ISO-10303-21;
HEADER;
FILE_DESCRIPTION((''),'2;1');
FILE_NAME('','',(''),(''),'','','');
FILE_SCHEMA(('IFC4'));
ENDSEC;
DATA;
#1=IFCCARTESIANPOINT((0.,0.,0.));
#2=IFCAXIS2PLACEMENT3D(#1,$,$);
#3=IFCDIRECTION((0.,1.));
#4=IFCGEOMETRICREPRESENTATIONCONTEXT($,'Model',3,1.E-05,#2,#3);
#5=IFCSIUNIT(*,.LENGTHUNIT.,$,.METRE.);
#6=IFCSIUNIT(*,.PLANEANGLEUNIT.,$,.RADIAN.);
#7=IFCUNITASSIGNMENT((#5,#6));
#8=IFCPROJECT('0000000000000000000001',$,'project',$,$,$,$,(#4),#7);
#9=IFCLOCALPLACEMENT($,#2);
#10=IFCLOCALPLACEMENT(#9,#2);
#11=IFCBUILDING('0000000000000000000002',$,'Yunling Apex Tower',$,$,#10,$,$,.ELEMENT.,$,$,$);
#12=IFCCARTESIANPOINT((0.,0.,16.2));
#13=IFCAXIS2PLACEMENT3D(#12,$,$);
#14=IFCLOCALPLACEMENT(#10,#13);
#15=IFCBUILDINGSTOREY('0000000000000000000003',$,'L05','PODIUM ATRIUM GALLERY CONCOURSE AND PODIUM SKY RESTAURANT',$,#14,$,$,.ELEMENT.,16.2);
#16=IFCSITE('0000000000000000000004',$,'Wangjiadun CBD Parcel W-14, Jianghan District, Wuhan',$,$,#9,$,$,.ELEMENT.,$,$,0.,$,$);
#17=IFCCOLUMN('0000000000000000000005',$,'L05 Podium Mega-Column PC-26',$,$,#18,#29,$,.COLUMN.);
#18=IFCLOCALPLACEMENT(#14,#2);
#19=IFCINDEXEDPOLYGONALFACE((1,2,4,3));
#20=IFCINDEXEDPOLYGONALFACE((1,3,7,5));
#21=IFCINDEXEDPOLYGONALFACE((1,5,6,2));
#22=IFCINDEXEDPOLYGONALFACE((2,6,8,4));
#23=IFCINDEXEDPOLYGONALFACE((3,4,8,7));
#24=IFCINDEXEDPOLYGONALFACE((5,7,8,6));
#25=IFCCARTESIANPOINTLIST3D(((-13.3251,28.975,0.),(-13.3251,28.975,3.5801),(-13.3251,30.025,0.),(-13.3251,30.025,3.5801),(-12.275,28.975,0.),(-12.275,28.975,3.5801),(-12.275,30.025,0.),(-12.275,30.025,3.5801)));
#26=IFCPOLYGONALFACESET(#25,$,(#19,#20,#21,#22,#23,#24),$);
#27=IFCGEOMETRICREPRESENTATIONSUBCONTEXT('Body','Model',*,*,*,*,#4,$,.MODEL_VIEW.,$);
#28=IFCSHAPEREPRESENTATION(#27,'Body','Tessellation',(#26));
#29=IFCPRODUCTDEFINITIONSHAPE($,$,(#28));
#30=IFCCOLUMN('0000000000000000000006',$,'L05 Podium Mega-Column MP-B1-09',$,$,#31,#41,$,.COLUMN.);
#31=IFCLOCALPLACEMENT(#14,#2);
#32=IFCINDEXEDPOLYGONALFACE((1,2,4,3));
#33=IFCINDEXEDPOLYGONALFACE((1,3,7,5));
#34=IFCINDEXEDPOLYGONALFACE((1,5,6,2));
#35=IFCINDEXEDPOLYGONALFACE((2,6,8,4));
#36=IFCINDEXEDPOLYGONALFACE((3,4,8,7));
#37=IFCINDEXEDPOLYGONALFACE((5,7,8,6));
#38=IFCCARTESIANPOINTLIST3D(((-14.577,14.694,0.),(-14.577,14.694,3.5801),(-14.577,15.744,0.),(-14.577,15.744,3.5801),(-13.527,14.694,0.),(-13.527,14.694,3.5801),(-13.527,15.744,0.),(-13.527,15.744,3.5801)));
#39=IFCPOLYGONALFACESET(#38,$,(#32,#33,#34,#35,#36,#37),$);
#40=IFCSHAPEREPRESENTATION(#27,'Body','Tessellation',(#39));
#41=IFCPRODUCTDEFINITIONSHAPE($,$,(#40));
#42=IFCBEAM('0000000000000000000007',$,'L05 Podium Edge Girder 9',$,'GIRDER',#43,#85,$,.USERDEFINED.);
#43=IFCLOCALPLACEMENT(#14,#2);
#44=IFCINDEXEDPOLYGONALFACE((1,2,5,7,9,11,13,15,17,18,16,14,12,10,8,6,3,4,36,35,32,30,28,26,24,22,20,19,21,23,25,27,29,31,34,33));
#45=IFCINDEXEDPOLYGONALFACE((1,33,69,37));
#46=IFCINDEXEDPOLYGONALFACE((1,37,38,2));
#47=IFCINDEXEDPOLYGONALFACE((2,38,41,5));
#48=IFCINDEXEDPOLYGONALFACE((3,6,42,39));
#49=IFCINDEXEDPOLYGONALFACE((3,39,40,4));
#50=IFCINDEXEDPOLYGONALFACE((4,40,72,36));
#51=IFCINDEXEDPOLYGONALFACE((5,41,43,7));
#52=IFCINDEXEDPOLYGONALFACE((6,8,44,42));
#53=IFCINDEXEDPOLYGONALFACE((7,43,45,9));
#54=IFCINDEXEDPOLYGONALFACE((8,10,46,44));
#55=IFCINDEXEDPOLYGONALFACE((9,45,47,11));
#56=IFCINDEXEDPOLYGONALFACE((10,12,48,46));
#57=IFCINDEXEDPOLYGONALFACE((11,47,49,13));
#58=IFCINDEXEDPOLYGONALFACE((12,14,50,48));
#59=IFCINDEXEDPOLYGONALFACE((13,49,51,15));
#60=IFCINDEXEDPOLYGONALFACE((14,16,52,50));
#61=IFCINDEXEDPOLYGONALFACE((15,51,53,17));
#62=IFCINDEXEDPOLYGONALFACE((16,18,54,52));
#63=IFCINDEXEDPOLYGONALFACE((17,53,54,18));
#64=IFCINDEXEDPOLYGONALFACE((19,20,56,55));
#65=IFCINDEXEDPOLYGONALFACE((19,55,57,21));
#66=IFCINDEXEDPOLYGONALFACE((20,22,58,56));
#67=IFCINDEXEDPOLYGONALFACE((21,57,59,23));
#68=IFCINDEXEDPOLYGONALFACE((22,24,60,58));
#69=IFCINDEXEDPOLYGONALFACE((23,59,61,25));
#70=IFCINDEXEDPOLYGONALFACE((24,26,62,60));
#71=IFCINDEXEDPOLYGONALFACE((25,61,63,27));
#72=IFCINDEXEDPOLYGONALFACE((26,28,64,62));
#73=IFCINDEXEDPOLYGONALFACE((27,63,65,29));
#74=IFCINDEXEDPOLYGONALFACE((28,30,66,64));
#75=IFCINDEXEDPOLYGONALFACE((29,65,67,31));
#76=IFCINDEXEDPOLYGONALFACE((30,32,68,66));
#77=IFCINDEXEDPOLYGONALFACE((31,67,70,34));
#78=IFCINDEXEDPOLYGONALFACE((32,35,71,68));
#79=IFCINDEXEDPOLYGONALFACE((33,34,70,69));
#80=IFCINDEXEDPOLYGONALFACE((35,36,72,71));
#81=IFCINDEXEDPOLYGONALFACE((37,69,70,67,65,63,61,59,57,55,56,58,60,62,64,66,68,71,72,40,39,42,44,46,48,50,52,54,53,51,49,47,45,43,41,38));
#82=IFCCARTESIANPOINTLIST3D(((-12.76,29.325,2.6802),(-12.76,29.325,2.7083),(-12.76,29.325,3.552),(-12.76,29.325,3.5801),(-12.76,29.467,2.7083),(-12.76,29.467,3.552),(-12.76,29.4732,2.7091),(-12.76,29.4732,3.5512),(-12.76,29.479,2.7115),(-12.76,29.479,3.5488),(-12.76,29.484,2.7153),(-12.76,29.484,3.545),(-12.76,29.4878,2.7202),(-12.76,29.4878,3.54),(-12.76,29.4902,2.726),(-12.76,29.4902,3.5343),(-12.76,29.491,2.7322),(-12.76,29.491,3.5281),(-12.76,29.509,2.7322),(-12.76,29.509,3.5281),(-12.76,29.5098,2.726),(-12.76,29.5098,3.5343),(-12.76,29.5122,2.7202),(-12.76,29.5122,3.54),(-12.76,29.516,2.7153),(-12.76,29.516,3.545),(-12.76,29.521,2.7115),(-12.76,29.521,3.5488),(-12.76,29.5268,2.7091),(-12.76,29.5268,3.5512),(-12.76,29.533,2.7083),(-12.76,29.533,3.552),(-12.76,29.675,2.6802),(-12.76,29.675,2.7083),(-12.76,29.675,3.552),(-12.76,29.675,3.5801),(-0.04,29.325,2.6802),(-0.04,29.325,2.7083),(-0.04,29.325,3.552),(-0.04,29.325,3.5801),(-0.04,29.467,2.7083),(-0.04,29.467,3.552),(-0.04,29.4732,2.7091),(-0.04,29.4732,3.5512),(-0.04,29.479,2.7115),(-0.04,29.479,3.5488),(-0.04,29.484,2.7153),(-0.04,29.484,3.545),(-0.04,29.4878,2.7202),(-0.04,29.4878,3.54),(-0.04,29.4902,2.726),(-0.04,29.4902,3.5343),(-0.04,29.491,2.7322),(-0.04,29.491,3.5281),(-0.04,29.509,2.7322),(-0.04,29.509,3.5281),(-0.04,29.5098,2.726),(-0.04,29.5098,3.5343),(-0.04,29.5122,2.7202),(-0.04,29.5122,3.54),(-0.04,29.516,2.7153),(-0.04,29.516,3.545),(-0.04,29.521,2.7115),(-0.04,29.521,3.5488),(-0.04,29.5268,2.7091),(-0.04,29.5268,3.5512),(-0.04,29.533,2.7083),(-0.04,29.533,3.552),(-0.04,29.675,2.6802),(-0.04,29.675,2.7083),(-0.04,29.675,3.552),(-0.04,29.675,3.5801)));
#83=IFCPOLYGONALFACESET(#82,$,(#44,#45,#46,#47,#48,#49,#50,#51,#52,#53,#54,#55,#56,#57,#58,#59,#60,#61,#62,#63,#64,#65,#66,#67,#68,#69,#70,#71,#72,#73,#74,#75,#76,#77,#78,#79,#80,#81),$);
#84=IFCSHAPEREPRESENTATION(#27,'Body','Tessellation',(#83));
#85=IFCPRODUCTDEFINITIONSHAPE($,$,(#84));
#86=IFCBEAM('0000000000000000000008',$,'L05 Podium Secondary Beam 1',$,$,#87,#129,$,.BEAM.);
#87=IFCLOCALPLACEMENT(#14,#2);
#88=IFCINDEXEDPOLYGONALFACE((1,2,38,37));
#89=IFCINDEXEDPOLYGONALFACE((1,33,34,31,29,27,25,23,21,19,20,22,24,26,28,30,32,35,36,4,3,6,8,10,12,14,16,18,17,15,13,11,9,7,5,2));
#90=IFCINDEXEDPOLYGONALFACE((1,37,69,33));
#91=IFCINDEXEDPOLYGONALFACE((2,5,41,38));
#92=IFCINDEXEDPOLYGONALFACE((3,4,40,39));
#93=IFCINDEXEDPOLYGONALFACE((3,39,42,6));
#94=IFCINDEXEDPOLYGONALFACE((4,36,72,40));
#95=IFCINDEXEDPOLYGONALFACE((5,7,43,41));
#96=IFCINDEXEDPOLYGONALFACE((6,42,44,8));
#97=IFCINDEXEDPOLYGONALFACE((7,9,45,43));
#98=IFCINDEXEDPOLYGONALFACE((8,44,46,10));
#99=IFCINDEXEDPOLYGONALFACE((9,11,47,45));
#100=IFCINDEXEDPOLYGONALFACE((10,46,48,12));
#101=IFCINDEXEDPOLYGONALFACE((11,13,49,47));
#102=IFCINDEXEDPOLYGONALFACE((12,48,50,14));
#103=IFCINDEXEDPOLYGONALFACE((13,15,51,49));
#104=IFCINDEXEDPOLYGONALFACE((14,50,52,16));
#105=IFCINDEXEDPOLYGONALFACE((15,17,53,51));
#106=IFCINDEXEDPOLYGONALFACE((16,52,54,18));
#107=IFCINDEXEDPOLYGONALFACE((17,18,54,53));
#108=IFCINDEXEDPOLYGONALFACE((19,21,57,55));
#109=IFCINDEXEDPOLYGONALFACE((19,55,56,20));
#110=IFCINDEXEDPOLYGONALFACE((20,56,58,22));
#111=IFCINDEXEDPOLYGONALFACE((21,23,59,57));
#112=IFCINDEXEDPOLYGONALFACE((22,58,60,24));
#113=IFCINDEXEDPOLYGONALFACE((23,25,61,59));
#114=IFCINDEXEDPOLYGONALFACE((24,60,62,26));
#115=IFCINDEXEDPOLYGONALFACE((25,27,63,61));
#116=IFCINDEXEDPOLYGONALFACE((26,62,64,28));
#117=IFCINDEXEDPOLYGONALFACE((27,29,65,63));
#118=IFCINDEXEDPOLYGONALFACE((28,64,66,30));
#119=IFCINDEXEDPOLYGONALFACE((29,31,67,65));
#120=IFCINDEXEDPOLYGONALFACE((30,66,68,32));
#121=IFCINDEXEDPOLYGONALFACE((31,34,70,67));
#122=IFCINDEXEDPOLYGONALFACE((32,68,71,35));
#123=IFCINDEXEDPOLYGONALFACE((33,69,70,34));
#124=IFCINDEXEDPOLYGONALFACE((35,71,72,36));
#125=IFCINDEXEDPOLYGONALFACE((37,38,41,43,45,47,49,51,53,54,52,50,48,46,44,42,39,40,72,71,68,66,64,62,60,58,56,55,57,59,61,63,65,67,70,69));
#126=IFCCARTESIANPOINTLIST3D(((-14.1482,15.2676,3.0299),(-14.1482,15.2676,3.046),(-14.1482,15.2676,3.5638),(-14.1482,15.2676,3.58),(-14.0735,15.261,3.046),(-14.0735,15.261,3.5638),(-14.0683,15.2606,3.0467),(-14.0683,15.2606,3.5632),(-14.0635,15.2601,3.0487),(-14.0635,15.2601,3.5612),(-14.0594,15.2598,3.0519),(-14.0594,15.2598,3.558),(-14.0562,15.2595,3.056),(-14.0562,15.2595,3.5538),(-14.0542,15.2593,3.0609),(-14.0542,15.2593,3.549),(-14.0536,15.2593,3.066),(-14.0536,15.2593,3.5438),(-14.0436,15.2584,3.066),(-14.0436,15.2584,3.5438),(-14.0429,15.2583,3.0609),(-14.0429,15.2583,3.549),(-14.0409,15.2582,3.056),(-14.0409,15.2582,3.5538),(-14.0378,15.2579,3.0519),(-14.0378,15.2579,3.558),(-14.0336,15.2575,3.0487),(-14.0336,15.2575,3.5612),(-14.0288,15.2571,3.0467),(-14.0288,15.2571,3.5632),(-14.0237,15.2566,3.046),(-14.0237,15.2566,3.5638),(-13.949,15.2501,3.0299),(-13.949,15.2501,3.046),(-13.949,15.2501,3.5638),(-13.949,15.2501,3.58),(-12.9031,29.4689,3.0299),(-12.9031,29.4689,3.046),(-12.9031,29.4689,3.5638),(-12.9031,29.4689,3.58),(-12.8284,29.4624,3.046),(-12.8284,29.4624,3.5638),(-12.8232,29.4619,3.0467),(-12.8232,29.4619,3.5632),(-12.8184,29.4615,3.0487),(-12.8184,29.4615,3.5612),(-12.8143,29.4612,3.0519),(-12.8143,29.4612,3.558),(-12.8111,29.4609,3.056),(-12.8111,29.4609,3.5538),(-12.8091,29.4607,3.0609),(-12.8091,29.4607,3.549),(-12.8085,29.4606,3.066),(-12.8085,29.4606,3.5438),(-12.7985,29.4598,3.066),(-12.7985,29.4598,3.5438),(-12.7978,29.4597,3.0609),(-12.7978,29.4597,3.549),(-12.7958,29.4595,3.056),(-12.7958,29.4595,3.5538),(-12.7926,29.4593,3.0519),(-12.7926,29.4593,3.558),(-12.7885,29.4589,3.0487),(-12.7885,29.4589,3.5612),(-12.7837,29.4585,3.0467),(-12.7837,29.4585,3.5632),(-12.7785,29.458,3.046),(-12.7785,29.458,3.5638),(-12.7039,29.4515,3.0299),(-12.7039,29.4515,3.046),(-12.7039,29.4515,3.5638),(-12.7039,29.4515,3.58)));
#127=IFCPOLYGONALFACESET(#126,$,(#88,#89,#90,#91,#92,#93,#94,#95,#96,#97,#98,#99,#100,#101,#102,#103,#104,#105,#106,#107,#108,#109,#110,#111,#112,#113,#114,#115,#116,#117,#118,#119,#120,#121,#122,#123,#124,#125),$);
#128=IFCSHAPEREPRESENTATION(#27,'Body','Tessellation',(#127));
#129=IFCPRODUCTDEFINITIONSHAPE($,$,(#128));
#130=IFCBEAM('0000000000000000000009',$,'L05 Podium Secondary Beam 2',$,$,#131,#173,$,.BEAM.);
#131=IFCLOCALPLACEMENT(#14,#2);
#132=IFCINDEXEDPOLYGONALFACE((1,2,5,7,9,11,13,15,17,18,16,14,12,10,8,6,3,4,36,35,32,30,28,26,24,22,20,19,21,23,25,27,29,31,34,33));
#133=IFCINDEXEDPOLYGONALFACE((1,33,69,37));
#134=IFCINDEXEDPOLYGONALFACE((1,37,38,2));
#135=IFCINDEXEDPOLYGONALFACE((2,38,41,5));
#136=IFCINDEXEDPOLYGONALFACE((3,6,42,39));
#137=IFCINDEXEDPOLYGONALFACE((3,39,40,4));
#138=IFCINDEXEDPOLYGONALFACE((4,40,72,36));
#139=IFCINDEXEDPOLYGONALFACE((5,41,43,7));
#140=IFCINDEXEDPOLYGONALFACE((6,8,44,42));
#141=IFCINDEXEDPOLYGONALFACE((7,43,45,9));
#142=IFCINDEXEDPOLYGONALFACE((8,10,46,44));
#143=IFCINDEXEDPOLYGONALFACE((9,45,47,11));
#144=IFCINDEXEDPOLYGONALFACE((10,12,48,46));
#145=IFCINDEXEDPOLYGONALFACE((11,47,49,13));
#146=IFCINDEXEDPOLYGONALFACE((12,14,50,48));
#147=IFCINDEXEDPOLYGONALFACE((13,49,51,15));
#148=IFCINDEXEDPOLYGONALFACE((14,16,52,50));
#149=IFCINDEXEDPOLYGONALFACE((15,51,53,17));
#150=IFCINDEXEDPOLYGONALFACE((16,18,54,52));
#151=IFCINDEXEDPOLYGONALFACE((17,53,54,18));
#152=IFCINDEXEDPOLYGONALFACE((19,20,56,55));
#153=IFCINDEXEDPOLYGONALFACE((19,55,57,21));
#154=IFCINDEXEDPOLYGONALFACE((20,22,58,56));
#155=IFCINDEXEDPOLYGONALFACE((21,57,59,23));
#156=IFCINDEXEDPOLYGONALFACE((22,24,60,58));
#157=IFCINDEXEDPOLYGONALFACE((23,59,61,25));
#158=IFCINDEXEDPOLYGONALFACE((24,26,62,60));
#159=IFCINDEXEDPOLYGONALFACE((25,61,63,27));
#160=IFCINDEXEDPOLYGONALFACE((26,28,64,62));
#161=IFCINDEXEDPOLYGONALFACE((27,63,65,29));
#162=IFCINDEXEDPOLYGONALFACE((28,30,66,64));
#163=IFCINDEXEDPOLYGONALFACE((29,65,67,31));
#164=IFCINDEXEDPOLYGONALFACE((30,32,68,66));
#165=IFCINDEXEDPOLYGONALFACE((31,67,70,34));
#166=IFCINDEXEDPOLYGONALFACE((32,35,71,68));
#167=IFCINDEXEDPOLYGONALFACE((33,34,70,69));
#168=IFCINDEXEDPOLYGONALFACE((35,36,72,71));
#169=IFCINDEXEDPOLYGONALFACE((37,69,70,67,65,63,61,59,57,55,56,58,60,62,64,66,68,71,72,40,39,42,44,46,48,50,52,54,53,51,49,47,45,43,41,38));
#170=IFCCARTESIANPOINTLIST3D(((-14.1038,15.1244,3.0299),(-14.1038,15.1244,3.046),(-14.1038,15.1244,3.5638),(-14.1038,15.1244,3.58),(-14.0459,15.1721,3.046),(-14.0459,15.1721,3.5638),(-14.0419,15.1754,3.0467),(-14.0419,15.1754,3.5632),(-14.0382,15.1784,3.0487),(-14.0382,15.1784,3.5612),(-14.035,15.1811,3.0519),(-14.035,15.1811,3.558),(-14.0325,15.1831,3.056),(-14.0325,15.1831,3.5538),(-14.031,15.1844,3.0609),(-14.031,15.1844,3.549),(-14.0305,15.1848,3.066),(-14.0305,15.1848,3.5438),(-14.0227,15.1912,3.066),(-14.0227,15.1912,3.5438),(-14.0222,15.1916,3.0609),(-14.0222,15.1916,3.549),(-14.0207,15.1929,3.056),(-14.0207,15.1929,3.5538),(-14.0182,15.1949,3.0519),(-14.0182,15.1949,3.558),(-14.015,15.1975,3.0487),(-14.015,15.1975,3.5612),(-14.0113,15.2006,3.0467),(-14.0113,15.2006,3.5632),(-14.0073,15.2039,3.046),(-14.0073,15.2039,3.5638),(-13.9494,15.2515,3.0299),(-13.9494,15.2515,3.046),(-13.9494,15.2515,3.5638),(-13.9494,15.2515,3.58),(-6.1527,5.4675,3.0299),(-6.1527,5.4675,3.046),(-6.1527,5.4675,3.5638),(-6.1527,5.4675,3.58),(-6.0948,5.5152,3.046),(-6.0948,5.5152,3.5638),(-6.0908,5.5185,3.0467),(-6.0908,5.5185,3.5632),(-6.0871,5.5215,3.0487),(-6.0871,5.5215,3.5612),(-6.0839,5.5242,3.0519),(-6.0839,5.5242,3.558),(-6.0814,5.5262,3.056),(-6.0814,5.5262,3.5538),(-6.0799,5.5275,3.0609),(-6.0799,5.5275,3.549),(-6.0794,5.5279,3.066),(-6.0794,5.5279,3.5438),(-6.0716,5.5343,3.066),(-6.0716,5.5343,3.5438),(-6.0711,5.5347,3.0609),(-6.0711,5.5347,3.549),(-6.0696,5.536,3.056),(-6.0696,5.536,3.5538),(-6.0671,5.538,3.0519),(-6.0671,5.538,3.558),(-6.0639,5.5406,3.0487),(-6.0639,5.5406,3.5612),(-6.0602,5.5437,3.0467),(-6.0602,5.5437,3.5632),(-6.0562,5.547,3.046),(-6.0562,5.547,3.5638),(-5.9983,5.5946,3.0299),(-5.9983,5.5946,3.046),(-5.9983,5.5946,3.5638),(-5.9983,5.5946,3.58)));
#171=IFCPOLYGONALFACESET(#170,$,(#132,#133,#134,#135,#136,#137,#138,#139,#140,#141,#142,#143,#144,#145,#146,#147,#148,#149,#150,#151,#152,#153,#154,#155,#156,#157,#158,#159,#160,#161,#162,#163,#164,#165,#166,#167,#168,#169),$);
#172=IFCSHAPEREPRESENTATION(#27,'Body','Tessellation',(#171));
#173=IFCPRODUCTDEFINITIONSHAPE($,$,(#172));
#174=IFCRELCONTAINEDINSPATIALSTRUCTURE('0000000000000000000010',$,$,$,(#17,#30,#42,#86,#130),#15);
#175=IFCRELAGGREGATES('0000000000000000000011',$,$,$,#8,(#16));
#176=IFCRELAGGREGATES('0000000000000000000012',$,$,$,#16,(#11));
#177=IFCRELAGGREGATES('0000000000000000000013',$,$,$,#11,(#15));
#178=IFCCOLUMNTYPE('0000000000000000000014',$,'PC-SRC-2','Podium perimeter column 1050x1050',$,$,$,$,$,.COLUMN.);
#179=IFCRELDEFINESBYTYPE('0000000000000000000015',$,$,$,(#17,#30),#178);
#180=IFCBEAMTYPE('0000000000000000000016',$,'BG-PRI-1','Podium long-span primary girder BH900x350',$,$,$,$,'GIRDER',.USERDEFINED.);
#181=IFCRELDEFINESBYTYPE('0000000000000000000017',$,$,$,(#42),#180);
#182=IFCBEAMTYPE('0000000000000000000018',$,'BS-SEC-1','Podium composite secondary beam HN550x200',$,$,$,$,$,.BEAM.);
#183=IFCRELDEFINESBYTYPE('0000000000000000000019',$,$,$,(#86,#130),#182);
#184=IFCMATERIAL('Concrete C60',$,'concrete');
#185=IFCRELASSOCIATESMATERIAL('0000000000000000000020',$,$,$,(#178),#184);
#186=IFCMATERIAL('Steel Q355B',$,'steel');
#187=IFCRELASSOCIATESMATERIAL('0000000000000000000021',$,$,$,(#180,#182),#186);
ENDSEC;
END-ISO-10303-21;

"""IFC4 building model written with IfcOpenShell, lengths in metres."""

from ifc_helpers import new_model, si_unit, direction, frame, origin, origin_2d, place, context, subcontext, project, spatial, rectangle, i_section, extrude, source, transform, mapped, material, material_profile, profile_set, type_object, element, save


model = new_model("IFC4")

# Units and contexts
model_context = context("Model", 3, precision=1e-05, world=origin(), true_north=direction((0.0, 1.0)))
body_context = subcontext(model_context, "Body", "Model", "MODEL_VIEW")
ifc_project = project(units=[si_unit("LENGTHUNIT", "METRE"), si_unit("PLANEANGLEUNIT", "RADIAN")], contexts=[model_context])

# Site, building, storey
site_placement = place(None, origin())
site = spatial("IfcSite", under=ifc_project, at=site_placement, Name="Wangjiadun CBD Parcel W-14, Jianghan District, Wuhan", CompositionType="ELEMENT", RefElevation=0.0)
building_placement = place(site_placement, origin())
building = spatial("IfcBuilding", under=site, at=building_placement, Name="Yunling Apex Tower", CompositionType="ELEMENT")
storey_placement = place(building_placement, frame((0.0, 0.0, 16.2)))
storey = spatial("IfcBuildingStorey", under=building, at=storey_placement, Name="L05", Description="PODIUM ATRIUM GALLERY CONCOURSE AND PODIUM SKY RESTAURANT", CompositionType="ELEMENT", Elevation=16.2)

# Columns
ifc_material_1 = material(Name="Concrete C60", Category="concrete")
ifc_material_profile_1 = material_profile(ifc_material_1, rectangle(XDim=1.05, YDim=1.05, at=origin_2d()))
ifc_profile_set_1 = profile_set([ifc_material_profile_1], Name="Concrete C60")
column_type = type_object("IfcColumnType", Name="PC-SRC-2", Description="Podium perimeter column 1050x1050", PredefinedType="COLUMN", material=ifc_profile_set_1)
shared_shape_1 = source(origin(), body_context, "Body", "SweptSolid", [
    extrude(rectangle(XDim=1.05, YDim=1.05, at=origin_2d()), origin(), (0.0, 0.0, 1.0), 3.5801),
])
for number, where, z_axis, x_axis, name in (
    (1, (-12.8, 29.5, 0.0), (0.0, 0.0, 1.0), (1.0, 0.0, 0.0), "L05 Podium Mega-Column PC-26"),
    (2, (-14.052, 15.219, 0.0), (0.0, 0.0, 1.0), (1.0, 0.0, 0.0), "L05 Podium Mega-Column MP-B1-09"),
):
    element("IfcColumn", number, at=place(storey_placement, frame(where, z_axis=z_axis, x_axis=x_axis)), inside=storey, type_object=column_type, Name=name, PredefinedType="COLUMN", context=body_context, shape_type="MappedRepresentation", body=[
        mapped(shared_shape_1, transform((0.0, 0.0, 0.0), scale=1.0)),
    ])

# Beams
ifc_material_2 = material(Name="Steel Q355B", Category="steel")
ifc_material_profile_2 = material_profile(ifc_material_2, i_section(OverallWidth=0.3501, OverallDepth=0.8999, WebThickness=0.0181, FlangeThickness=0.0281, FilletRadius=0.0239, at=origin_2d()))
ifc_profile_set_2 = profile_set([ifc_material_profile_2], Name="Steel Q355B")
beam_type_1 = type_object("IfcBeamType", Name="BG-PRI-1", Description="Podium long-span primary girder BH900x350", ElementType="GIRDER", PredefinedType="USERDEFINED", material=ifc_profile_set_2)
shared_shape_2 = source(origin(), body_context, "Body", "SweptSolid", [
    extrude(i_section(OverallWidth=0.3501, OverallDepth=0.8999, WebThickness=0.0181, FlangeThickness=0.0281, FilletRadius=0.0239, at=origin_2d()), origin(), (0.0, 0.0, 1.0), 12.72),
])
beam_1_placement = place(storey_placement, frame((-12.76, 29.5, 3.1301), z_axis=(1.0, 0.0, 0.0), x_axis=(0.0, 1.0, 0.0)))
element("IfcBeam", 3, at=beam_1_placement, inside=storey, type_object=beam_type_1, Name="L05 Podium Edge Girder 9", ObjectType="GIRDER", PredefinedType="USERDEFINED", context=body_context, shape_type="MappedRepresentation", body=[
    mapped(shared_shape_2, transform((0.0, 0.0, 0.0), scale=1.0)),
])
ifc_material_profile_3 = material_profile(ifc_material_2, i_section(OverallWidth=0.2, OverallDepth=0.55, WebThickness=0.01, FlangeThickness=0.0161, FilletRadius=0.02, at=origin_2d()))
ifc_profile_set_3 = profile_set([ifc_material_profile_3], Name="Steel Q355B")
beam_type_2 = type_object("IfcBeamType", Name="BS-SEC-1", Description="Podium composite secondary beam HN550x200", PredefinedType="BEAM", material=ifc_profile_set_3)
shared_shape_3 = source(origin(), body_context, "Body", "SweptSolid", [
    extrude(i_section(OverallWidth=0.2, OverallDepth=0.55, WebThickness=0.01, FlangeThickness=0.0161, FilletRadius=0.02, at=origin_2d()), origin(), (0.0, 0.0, 1.0), 14.2559),
])
beam_2_placement = place(storey_placement, frame((-12.8035, 29.4602, 3.3049), z_axis=(-0.087341, -0.996179, 0.0), x_axis=(0.996179, -0.087341, 0.0)))
element("IfcBeam", 4, at=beam_2_placement, inside=storey, type_object=beam_type_2, Name="L05 Podium Secondary Beam 1", PredefinedType="BEAM", context=body_context, shape_type="MappedRepresentation", body=[
    mapped(shared_shape_3, transform((0.0, 0.0, 0.0), scale=1.0)),
])
shared_shape_4 = source(origin(), body_context, "Body", "SweptSolid", [
    extrude(i_section(OverallWidth=0.2, OverallDepth=0.55, WebThickness=0.01, FlangeThickness=0.0161, FilletRadius=0.02, at=origin_2d()), origin(), (0.0, 0.0, 1.0), 12.509),
])
beam_3_placement = place(storey_placement, frame((-14.0266, 15.188, 3.3049), z_axis=(0.635629, -0.771994, 0.0), x_axis=(0.771994, 0.635629, 0.0)))
element("IfcBeam", 5, at=beam_3_placement, inside=storey, type_object=beam_type_2, Name="L05 Podium Secondary Beam 2", PredefinedType="BEAM", context=body_context, shape_type="MappedRepresentation", body=[
    mapped(shared_shape_4, transform((0.0, 0.0, 0.0), scale=1.0)),
])

save(model, "model.ifc")
